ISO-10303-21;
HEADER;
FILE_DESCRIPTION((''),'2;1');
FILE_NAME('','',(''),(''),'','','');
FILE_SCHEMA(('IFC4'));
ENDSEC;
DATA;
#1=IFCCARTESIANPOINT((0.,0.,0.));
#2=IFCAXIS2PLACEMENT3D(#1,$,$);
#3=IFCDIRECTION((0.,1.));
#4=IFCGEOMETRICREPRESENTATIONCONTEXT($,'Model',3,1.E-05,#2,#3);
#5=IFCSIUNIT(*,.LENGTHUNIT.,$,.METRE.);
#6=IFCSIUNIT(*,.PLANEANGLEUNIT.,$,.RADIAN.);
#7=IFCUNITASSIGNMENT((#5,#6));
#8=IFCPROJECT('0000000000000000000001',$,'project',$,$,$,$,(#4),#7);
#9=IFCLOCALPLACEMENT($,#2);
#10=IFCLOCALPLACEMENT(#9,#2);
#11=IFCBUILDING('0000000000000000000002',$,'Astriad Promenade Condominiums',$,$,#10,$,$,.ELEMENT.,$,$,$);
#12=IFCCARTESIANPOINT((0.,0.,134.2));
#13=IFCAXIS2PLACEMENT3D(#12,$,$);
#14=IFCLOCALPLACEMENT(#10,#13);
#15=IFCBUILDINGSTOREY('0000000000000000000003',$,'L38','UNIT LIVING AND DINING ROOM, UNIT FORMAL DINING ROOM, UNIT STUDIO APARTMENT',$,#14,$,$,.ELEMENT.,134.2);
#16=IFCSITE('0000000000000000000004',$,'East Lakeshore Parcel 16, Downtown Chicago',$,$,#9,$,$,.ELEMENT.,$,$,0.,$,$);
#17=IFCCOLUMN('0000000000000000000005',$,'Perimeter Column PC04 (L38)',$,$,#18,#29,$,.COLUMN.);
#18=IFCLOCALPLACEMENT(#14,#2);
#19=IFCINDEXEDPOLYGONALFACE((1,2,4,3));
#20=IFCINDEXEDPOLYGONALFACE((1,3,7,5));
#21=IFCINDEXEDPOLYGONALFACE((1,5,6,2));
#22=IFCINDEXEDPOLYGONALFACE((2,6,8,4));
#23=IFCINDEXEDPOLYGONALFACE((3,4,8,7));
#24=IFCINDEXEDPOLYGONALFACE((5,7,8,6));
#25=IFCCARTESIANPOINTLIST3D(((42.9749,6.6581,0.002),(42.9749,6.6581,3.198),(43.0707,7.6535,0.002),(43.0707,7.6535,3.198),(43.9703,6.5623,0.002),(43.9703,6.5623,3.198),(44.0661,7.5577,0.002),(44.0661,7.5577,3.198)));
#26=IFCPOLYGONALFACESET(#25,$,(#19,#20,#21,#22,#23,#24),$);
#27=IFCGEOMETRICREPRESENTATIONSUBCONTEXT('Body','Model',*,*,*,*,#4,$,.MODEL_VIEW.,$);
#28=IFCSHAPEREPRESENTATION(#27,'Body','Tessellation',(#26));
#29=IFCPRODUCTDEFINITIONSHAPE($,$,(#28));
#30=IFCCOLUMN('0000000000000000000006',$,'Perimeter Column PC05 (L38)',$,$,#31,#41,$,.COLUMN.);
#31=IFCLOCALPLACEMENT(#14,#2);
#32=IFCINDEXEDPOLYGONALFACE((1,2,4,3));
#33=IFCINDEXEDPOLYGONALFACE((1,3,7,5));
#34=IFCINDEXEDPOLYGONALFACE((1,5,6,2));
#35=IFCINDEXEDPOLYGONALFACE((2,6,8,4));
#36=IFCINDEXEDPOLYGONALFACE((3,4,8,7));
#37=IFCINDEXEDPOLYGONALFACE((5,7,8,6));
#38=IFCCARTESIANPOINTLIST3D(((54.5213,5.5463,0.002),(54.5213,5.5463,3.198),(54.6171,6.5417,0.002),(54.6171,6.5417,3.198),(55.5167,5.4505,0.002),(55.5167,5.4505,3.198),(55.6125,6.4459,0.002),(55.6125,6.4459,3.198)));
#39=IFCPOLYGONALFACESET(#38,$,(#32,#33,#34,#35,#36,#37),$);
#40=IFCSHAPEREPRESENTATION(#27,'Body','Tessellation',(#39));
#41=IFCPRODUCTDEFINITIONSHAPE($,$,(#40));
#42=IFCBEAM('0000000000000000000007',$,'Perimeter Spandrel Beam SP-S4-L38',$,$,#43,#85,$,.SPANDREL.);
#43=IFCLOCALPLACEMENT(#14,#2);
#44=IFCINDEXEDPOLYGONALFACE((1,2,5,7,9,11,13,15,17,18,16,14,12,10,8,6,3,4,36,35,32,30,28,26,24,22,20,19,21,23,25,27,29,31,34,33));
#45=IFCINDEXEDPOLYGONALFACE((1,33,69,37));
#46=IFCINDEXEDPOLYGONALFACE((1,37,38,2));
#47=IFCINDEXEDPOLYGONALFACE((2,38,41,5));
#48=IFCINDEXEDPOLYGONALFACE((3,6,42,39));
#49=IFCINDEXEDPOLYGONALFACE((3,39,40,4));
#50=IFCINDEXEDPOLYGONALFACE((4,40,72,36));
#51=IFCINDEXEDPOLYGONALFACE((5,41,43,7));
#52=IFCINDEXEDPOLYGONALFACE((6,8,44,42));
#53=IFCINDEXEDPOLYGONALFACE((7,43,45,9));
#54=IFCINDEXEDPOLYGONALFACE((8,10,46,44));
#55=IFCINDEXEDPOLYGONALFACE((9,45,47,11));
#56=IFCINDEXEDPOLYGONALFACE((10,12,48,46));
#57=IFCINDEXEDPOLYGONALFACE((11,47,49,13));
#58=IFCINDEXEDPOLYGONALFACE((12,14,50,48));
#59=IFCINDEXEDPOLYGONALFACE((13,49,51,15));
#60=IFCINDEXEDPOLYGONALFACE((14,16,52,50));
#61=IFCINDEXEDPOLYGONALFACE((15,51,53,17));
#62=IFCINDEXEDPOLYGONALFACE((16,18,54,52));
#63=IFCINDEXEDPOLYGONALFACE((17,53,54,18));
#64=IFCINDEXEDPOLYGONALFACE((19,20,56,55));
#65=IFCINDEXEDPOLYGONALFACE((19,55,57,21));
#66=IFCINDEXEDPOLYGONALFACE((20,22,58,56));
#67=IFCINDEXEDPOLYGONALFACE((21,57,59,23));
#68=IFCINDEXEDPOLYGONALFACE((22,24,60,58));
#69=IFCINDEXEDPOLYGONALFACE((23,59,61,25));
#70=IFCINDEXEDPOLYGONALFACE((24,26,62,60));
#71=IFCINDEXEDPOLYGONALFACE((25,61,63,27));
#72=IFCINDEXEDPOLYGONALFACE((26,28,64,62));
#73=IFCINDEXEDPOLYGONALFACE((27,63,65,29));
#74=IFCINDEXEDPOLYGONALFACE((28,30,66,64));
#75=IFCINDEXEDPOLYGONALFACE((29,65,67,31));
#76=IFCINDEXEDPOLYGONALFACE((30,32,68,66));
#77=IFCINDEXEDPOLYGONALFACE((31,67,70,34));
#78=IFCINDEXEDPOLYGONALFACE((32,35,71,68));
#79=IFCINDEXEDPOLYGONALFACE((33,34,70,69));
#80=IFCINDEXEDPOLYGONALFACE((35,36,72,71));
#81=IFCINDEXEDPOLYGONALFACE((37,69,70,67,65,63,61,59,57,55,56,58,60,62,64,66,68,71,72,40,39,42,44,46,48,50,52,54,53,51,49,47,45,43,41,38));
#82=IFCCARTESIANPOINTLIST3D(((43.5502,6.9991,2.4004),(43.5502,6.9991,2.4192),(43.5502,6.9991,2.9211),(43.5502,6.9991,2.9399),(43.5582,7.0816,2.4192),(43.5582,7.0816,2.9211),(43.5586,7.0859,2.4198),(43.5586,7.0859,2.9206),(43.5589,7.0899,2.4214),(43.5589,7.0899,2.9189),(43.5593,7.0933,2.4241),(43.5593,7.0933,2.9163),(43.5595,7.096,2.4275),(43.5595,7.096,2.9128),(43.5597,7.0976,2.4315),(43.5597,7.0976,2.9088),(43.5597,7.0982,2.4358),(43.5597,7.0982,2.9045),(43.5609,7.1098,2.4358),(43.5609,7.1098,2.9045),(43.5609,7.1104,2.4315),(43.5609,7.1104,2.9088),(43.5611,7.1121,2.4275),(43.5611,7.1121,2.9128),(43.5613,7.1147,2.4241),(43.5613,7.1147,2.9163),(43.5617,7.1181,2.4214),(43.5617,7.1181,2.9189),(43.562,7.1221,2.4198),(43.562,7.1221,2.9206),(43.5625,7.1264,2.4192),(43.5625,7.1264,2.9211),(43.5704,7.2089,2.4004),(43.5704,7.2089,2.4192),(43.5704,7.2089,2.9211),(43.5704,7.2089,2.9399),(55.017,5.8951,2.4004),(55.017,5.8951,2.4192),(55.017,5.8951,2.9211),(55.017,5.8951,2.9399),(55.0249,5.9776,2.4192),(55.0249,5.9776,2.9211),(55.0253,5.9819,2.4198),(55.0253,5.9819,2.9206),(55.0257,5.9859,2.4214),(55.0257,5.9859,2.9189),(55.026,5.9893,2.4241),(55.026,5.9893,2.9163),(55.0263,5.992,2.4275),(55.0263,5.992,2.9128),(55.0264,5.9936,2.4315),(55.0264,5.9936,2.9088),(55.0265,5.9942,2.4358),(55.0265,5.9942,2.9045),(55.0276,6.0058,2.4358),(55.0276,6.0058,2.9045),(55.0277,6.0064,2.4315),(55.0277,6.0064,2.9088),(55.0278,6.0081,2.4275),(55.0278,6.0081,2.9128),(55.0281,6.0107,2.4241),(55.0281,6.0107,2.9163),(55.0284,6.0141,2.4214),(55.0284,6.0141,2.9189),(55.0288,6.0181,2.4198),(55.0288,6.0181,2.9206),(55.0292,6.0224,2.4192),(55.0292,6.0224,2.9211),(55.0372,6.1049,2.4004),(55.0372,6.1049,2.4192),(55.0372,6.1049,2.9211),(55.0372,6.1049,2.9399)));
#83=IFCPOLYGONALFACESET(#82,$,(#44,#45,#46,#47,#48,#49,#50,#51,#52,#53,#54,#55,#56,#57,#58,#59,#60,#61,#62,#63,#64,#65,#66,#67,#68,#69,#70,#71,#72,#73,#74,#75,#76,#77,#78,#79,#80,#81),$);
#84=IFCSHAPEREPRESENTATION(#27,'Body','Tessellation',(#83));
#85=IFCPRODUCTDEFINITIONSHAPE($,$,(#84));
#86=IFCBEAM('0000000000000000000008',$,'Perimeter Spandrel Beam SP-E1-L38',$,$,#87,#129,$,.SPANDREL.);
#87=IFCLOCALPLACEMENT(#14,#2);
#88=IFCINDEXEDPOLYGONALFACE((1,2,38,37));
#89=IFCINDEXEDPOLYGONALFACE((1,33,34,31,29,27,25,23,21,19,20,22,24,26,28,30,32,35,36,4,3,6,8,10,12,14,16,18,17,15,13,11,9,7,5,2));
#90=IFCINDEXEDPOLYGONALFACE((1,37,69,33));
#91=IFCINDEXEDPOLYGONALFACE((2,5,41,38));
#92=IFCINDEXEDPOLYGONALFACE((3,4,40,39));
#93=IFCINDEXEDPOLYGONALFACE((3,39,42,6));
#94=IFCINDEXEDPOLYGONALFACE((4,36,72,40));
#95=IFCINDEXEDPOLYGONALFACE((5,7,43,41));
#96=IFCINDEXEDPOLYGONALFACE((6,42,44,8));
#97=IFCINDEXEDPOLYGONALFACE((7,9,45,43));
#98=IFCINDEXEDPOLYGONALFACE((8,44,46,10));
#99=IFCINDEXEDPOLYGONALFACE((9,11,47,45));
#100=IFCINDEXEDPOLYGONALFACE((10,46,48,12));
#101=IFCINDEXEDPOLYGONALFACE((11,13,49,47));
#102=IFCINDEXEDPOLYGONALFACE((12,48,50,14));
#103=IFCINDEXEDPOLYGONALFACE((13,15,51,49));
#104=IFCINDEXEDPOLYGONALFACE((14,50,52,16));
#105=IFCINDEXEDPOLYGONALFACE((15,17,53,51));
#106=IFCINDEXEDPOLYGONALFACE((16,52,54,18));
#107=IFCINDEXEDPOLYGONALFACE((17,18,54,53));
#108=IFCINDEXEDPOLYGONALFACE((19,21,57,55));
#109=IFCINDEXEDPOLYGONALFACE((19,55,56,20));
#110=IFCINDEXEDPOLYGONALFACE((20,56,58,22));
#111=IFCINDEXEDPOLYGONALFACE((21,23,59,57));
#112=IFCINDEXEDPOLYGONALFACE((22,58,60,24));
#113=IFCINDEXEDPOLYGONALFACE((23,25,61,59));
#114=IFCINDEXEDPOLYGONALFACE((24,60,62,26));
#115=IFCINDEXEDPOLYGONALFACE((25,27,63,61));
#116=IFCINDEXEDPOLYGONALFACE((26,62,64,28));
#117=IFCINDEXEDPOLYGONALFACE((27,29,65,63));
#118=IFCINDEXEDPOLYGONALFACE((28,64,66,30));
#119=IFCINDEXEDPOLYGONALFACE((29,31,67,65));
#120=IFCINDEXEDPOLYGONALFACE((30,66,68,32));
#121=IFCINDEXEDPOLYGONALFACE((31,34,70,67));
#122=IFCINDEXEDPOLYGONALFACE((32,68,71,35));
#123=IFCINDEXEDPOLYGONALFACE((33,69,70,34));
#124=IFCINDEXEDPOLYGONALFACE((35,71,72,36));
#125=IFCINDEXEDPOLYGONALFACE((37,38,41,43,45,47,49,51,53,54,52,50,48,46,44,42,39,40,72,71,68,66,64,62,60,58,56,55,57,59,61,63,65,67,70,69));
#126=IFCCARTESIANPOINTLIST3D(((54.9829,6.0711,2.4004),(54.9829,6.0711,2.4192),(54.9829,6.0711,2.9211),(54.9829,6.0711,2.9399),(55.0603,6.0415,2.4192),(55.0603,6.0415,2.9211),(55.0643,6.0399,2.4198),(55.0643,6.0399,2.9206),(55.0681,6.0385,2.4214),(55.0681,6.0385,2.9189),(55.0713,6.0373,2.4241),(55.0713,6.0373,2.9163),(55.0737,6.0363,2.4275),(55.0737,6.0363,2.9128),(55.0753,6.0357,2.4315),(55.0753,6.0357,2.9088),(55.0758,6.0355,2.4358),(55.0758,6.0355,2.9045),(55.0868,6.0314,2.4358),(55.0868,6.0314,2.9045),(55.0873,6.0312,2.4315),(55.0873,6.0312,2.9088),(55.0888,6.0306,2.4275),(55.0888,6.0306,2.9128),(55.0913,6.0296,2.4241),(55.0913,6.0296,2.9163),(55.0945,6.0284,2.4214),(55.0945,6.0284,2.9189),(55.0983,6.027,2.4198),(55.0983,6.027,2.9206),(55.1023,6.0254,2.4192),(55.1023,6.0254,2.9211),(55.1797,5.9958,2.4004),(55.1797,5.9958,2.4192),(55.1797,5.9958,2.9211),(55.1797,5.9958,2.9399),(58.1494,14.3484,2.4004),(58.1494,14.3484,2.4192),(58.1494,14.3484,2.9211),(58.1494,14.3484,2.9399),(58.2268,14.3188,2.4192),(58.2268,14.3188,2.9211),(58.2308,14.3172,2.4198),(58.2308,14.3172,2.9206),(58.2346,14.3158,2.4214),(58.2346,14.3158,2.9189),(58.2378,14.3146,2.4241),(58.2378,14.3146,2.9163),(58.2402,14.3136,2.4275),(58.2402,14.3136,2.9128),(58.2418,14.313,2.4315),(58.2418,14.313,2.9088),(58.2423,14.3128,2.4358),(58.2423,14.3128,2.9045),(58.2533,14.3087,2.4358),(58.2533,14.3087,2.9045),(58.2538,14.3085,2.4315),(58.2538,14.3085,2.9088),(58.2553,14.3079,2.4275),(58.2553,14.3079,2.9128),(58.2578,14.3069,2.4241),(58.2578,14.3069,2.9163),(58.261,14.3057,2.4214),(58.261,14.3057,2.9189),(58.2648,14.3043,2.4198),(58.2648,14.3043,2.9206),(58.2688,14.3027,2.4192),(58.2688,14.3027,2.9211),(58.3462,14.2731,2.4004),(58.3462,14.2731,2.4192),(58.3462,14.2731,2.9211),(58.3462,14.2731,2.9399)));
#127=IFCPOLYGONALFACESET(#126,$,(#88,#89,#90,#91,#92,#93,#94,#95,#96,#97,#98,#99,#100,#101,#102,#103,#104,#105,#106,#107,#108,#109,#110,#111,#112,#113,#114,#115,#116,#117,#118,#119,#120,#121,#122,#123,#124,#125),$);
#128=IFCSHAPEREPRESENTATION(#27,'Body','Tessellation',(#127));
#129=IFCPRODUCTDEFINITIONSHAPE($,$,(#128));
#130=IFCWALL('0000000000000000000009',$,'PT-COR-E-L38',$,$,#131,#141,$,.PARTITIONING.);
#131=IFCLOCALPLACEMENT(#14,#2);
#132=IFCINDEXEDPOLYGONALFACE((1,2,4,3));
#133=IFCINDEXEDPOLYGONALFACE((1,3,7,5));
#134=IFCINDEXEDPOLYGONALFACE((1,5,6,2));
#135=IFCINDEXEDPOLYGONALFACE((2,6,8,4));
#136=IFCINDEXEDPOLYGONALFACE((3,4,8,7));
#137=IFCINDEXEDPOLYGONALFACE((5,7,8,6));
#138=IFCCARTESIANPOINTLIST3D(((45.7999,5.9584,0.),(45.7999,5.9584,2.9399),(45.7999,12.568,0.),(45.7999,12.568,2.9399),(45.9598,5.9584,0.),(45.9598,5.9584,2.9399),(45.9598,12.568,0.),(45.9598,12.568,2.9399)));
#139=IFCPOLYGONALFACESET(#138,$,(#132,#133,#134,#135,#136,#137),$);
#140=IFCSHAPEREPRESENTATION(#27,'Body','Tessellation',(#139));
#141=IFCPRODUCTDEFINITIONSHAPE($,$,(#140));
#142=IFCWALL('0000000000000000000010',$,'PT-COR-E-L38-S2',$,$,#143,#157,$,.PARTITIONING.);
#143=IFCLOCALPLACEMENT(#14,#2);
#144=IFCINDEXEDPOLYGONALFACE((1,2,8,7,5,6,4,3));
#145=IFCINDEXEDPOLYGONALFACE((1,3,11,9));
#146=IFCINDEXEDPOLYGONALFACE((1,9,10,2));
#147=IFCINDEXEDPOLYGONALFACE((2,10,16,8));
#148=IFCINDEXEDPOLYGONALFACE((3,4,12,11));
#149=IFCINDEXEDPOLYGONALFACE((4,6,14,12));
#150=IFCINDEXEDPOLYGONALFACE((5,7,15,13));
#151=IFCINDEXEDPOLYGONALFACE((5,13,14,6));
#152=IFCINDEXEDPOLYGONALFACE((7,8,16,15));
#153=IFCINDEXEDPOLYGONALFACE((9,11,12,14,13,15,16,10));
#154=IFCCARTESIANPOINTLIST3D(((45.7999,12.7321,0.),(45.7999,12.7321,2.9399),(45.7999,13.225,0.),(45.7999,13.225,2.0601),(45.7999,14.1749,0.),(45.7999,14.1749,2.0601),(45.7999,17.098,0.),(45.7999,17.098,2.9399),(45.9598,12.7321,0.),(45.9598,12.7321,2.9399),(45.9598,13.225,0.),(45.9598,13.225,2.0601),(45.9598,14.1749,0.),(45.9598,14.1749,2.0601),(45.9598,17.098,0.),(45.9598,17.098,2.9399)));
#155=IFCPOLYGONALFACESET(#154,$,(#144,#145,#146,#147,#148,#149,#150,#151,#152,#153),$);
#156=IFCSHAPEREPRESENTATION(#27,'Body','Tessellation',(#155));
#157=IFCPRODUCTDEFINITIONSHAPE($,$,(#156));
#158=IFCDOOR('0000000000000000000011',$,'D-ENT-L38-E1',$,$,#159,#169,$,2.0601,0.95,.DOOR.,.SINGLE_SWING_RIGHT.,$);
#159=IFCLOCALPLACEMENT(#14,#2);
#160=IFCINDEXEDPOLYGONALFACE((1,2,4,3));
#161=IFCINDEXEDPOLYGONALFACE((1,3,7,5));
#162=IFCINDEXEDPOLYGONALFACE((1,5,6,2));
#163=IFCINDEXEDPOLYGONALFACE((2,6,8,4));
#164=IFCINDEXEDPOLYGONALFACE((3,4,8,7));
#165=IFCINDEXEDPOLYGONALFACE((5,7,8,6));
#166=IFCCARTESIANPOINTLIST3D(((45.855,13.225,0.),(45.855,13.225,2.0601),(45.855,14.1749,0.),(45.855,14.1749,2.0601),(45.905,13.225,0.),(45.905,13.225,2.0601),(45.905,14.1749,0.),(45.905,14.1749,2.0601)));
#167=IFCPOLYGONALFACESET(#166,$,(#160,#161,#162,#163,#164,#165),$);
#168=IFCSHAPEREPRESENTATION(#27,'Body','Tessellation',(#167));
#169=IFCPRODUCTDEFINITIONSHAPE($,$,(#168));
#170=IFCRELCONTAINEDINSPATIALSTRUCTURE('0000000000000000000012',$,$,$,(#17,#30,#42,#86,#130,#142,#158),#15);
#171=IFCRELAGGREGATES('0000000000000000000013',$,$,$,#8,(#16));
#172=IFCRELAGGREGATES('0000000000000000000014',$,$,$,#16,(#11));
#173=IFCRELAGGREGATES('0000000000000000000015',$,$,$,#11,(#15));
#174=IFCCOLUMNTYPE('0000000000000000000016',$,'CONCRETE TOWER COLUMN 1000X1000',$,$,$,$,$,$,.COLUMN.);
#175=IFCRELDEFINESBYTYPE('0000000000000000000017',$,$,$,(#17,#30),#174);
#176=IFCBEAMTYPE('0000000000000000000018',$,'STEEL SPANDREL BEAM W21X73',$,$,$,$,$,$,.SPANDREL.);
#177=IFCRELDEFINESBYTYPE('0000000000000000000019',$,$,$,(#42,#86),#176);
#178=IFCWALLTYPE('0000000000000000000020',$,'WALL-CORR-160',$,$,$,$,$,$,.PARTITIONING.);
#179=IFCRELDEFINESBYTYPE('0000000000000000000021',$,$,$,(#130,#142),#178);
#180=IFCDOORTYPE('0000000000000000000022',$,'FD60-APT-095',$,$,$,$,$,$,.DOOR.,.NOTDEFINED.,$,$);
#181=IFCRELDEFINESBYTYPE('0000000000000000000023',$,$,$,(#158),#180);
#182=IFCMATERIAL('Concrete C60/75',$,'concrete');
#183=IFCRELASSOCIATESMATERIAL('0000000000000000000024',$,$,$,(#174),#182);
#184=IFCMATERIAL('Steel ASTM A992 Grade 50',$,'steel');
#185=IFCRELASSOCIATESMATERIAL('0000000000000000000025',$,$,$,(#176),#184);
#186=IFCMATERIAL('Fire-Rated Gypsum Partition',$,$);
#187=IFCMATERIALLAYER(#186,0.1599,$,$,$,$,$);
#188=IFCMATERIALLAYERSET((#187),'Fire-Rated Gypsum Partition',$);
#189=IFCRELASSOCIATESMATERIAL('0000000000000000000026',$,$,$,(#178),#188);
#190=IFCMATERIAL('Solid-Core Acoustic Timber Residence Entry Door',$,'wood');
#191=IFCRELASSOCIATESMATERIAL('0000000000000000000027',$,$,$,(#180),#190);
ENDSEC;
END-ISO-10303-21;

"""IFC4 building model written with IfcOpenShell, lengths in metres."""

from ifc_helpers import new_model, si_unit, direction, frame, frame_2d, origin, origin_2d, place, context, subcontext, project, spatial, rectangle, i_section, extrude, source, transform, mapped, material, layer, layer_set, material_profile, profile_set, type_object, type_shapes, element, fill, save


model = new_model("IFC4")

# Units and contexts
model_context = context("Model", 3, precision=1e-05, world=origin(), true_north=direction((0.0, 1.0)))
body_context = subcontext(model_context, "Body", "Model", "MODEL_VIEW")
ifc_project = project(units=[si_unit("LENGTHUNIT", "METRE"), si_unit("PLANEANGLEUNIT", "RADIAN")], contexts=[model_context])

# Site, building, storey
site_placement = place(None, origin())
site = spatial("IfcSite", under=ifc_project, at=site_placement, Name="East Lakeshore Parcel 16, Downtown Chicago", CompositionType="ELEMENT", RefElevation=0.0)
building_placement = place(site_placement, origin())
building = spatial("IfcBuilding", under=site, at=building_placement, Name="Astriad Promenade Condominiums", CompositionType="ELEMENT")
storey_placement = place(building_placement, frame((0.0, 0.0, 134.2)))
storey = spatial("IfcBuildingStorey", under=building, at=storey_placement, Name="L38", Description="UNIT LIVING AND DINING ROOM, UNIT FORMAL DINING ROOM, UNIT STUDIO APARTMENT", CompositionType="ELEMENT", Elevation=134.2)

# Columns
ifc_material_1 = material(Name="Concrete C60/75", Category="concrete")
ifc_material_profile_1 = material_profile(ifc_material_1, rectangle(XDim=1.0, YDim=1.0, at=origin_2d()), Name="RC-COL-1000X1000")
ifc_profile_set_1 = profile_set([ifc_material_profile_1], Name="Concrete C60/75")
column_type = type_object("IfcColumnType", Name="CONCRETE TOWER COLUMN 1000X1000", PredefinedType="COLUMN", material=ifc_profile_set_1)
shared_shape_1 = source(origin(), body_context, "Body", "SweptSolid", [
    extrude(rectangle(XDim=1.0, YDim=1.0, at=origin_2d()), origin(), (0.0, 0.0, 1.0), 3.196),
])
type_shapes(column_type, [shared_shape_1])
for number, where, z_axis, x_axis, name in (
    (1, (43.5205, 7.1079, 0.002), (0.0, 0.0, 1.0), (0.995396, -0.095846, 0.0), "Perimeter Column PC04 (L38)"),
    (2, (55.0669, 5.9961, 0.002), (0.0, 0.0, 1.0), (0.995396, -0.095846, 0.0), "Perimeter Column PC05 (L38)"),
):
    element("IfcColumn", number, at=place(storey_placement, frame(where, z_axis=z_axis, x_axis=x_axis)), inside=storey, type_object=column_type, Name=name, PredefinedType="COLUMN", context=body_context, shape_type="MappedRepresentation", body=[
        mapped(shared_shape_1, transform((0.0, 0.0, 0.0), scale=1.0)),
    ])

# Beams
ifc_material_2 = material(Name="Steel ASTM A992 Grade 50", Category="steel")
ifc_material_profile_2 = material_profile(ifc_material_2, i_section(OverallWidth=0.2107, OverallDepth=0.5396, WebThickness=0.0117, FlangeThickness=0.0188, FilletRadius=0.0166, at=origin_2d()), Name="W21X73")
ifc_profile_set_2 = profile_set([ifc_material_profile_2], Name="Steel ASTM A992 Grade 50")
beam_type = type_object("IfcBeamType", Name="STEEL SPANDREL BEAM W21X73", PredefinedType="SPANDREL", material=ifc_profile_set_2)
shared_shape_2 = source(origin(), body_context, "Body", "SweptSolid", [
    extrude(i_section(OverallWidth=0.2107, OverallDepth=0.5396, WebThickness=0.0117, FlangeThickness=0.0188, FilletRadius=0.0166, at=origin_2d()), origin(), (0.0, 0.0, 1.0), 11.5198),
])
beam_1_placement = place(storey_placement, frame((43.5603, 7.104, 2.6702), z_axis=(0.995397, -0.095835, 0.0), x_axis=(0.095835, 0.995397, 0.0)))
element("IfcBeam", 3, at=beam_1_placement, inside=storey, type_object=beam_type, Name="Perimeter Spandrel Beam SP-S4-L38", PredefinedType="SPANDREL", context=body_context, shape_type="MappedRepresentation", body=[
    mapped(shared_shape_2, transform((0.0, 0.0, 0.0), scale=1.0)),
])
shared_shape_3 = source(origin(), body_context, "Body", "SweptSolid", [
    extrude(i_section(OverallWidth=0.2107, OverallDepth=0.5396, WebThickness=0.0117, FlangeThickness=0.0188, FilletRadius=0.0166, at=origin_2d()), origin(), (0.0, 0.0, 1.0), 8.8623),
])
type_shapes(beam_type, [shared_shape_2, shared_shape_3])
beam_2_placement = place(storey_placement, frame((55.0813, 6.0334, 2.6702), z_axis=(0.357299, 0.93399, 0.0), x_axis=(-0.93399, 0.357299, 0.0)))
element("IfcBeam", 4, at=beam_2_placement, inside=storey, type_object=beam_type, Name="Perimeter Spandrel Beam SP-E1-L38", PredefinedType="SPANDREL", context=body_context, shape_type="MappedRepresentation", body=[
    mapped(shared_shape_3, transform((0.0, 0.0, 0.0), scale=1.0)),
])

# Wall
ifc_material_3 = material(Name="Fire-Rated Gypsum Partition")
ifc_layer_1 = layer(ifc_material_3, 0.1599)
ifc_layer_set_1 = layer_set([ifc_layer_1], Name="Fire-Rated Gypsum Partition")
wall_type_1 = type_object("IfcWallType", Name="WALL-CORR-160", PredefinedType="PARTITIONING", material=ifc_layer_set_1)
wall_1_placement = place(storey_placement, frame((45.8799, 5.9585, 0.0), z_axis=(0.0, 0.0, 1.0), x_axis=(0.0, 1.0, 0.0)))
element("IfcWall", 5, at=wall_1_placement, inside=storey, type_object=wall_type_1, Name="PT-COR-E-L38", PredefinedType="PARTITIONING", context=body_context, shape_type="SweptSolid", body=[
    extrude(rectangle(XDim=6.6096, YDim=0.1599, at=frame_2d((3.3047, 0.0))), origin(), (0.0, 0.0, 1.0), 2.9399),
])

# Wall, opening, door
wall_2_placement = place(storey_placement, frame((45.8799, 12.7319, 0.0), z_axis=(0.0, 0.0, 1.0), x_axis=(0.0, 1.0, 0.0)))
wall_2 = element("IfcWall", 6, at=wall_2_placement, inside=storey, type_object=wall_type_1, Name="PT-COR-E-L38-S2", PredefinedType="PARTITIONING", context=body_context, shape_type="SweptSolid", body=[
    extrude(rectangle(XDim=4.366, YDim=0.1599, at=frame_2d((2.1831, 0.0))), origin(), (0.0, 0.0, 1.0), 2.9399),
])
opening_1_placement = place(wall_2_placement, frame((0.4929, 0.0, 0.0)))
opening_1 = element("IfcOpeningElement", 7, at=opening_1_placement, cuts=wall_2, PredefinedType="OPENING", context=body_context, shape_type="SweptSolid", body=[
    extrude(rectangle(XDim=0.95, YDim=2.0601, at=frame_2d((0.4751, 1.03))), frame((0.0, 0.0898, 0.0), z_axis=(0.0, -1.0, 0.0), x_axis=(1.0, 0.0, 0.0)), (0.0, 0.0, 1.0), 0.1799),
])
ifc_material_4 = material(Name="Solid-Core Acoustic Timber Residence Entry Door", Category="wood")
door_type_1 = type_object("IfcDoorType", Name="FD60-APT-095", OperationType="NOTDEFINED", PredefinedType="DOOR", material=ifc_material_4)
shared_shape_4 = source(origin(), body_context, "Body", "SweptSolid", [
    extrude(rectangle(XDim=0.95, YDim=2.0601, at=frame_2d((0.4751, 1.03))), frame((0.0, 0.0249, 0.0), z_axis=(0.0, -1.0, 0.0), x_axis=(1.0, 0.0, 0.0)), (0.0, 0.0, 1.0), 0.05),
])
type_shapes(door_type_1, [shared_shape_4])
door_1_placement = place(opening_1_placement, origin())
door_1 = element("IfcDoor", 8, at=door_1_placement, inside=storey, type_object=door_type_1, Name="D-ENT-L38-E1", OperationType="SINGLE_SWING_RIGHT", OverallHeight=2.0601, OverallWidth=0.95, PredefinedType="DOOR", context=body_context, shape_type="MappedRepresentation", body=[
    mapped(shared_shape_4, transform((0.0, 0.0, 0.0), scale=1.0)),
])
fill(opening_1, door_1)

save(model, "model.ifc")
